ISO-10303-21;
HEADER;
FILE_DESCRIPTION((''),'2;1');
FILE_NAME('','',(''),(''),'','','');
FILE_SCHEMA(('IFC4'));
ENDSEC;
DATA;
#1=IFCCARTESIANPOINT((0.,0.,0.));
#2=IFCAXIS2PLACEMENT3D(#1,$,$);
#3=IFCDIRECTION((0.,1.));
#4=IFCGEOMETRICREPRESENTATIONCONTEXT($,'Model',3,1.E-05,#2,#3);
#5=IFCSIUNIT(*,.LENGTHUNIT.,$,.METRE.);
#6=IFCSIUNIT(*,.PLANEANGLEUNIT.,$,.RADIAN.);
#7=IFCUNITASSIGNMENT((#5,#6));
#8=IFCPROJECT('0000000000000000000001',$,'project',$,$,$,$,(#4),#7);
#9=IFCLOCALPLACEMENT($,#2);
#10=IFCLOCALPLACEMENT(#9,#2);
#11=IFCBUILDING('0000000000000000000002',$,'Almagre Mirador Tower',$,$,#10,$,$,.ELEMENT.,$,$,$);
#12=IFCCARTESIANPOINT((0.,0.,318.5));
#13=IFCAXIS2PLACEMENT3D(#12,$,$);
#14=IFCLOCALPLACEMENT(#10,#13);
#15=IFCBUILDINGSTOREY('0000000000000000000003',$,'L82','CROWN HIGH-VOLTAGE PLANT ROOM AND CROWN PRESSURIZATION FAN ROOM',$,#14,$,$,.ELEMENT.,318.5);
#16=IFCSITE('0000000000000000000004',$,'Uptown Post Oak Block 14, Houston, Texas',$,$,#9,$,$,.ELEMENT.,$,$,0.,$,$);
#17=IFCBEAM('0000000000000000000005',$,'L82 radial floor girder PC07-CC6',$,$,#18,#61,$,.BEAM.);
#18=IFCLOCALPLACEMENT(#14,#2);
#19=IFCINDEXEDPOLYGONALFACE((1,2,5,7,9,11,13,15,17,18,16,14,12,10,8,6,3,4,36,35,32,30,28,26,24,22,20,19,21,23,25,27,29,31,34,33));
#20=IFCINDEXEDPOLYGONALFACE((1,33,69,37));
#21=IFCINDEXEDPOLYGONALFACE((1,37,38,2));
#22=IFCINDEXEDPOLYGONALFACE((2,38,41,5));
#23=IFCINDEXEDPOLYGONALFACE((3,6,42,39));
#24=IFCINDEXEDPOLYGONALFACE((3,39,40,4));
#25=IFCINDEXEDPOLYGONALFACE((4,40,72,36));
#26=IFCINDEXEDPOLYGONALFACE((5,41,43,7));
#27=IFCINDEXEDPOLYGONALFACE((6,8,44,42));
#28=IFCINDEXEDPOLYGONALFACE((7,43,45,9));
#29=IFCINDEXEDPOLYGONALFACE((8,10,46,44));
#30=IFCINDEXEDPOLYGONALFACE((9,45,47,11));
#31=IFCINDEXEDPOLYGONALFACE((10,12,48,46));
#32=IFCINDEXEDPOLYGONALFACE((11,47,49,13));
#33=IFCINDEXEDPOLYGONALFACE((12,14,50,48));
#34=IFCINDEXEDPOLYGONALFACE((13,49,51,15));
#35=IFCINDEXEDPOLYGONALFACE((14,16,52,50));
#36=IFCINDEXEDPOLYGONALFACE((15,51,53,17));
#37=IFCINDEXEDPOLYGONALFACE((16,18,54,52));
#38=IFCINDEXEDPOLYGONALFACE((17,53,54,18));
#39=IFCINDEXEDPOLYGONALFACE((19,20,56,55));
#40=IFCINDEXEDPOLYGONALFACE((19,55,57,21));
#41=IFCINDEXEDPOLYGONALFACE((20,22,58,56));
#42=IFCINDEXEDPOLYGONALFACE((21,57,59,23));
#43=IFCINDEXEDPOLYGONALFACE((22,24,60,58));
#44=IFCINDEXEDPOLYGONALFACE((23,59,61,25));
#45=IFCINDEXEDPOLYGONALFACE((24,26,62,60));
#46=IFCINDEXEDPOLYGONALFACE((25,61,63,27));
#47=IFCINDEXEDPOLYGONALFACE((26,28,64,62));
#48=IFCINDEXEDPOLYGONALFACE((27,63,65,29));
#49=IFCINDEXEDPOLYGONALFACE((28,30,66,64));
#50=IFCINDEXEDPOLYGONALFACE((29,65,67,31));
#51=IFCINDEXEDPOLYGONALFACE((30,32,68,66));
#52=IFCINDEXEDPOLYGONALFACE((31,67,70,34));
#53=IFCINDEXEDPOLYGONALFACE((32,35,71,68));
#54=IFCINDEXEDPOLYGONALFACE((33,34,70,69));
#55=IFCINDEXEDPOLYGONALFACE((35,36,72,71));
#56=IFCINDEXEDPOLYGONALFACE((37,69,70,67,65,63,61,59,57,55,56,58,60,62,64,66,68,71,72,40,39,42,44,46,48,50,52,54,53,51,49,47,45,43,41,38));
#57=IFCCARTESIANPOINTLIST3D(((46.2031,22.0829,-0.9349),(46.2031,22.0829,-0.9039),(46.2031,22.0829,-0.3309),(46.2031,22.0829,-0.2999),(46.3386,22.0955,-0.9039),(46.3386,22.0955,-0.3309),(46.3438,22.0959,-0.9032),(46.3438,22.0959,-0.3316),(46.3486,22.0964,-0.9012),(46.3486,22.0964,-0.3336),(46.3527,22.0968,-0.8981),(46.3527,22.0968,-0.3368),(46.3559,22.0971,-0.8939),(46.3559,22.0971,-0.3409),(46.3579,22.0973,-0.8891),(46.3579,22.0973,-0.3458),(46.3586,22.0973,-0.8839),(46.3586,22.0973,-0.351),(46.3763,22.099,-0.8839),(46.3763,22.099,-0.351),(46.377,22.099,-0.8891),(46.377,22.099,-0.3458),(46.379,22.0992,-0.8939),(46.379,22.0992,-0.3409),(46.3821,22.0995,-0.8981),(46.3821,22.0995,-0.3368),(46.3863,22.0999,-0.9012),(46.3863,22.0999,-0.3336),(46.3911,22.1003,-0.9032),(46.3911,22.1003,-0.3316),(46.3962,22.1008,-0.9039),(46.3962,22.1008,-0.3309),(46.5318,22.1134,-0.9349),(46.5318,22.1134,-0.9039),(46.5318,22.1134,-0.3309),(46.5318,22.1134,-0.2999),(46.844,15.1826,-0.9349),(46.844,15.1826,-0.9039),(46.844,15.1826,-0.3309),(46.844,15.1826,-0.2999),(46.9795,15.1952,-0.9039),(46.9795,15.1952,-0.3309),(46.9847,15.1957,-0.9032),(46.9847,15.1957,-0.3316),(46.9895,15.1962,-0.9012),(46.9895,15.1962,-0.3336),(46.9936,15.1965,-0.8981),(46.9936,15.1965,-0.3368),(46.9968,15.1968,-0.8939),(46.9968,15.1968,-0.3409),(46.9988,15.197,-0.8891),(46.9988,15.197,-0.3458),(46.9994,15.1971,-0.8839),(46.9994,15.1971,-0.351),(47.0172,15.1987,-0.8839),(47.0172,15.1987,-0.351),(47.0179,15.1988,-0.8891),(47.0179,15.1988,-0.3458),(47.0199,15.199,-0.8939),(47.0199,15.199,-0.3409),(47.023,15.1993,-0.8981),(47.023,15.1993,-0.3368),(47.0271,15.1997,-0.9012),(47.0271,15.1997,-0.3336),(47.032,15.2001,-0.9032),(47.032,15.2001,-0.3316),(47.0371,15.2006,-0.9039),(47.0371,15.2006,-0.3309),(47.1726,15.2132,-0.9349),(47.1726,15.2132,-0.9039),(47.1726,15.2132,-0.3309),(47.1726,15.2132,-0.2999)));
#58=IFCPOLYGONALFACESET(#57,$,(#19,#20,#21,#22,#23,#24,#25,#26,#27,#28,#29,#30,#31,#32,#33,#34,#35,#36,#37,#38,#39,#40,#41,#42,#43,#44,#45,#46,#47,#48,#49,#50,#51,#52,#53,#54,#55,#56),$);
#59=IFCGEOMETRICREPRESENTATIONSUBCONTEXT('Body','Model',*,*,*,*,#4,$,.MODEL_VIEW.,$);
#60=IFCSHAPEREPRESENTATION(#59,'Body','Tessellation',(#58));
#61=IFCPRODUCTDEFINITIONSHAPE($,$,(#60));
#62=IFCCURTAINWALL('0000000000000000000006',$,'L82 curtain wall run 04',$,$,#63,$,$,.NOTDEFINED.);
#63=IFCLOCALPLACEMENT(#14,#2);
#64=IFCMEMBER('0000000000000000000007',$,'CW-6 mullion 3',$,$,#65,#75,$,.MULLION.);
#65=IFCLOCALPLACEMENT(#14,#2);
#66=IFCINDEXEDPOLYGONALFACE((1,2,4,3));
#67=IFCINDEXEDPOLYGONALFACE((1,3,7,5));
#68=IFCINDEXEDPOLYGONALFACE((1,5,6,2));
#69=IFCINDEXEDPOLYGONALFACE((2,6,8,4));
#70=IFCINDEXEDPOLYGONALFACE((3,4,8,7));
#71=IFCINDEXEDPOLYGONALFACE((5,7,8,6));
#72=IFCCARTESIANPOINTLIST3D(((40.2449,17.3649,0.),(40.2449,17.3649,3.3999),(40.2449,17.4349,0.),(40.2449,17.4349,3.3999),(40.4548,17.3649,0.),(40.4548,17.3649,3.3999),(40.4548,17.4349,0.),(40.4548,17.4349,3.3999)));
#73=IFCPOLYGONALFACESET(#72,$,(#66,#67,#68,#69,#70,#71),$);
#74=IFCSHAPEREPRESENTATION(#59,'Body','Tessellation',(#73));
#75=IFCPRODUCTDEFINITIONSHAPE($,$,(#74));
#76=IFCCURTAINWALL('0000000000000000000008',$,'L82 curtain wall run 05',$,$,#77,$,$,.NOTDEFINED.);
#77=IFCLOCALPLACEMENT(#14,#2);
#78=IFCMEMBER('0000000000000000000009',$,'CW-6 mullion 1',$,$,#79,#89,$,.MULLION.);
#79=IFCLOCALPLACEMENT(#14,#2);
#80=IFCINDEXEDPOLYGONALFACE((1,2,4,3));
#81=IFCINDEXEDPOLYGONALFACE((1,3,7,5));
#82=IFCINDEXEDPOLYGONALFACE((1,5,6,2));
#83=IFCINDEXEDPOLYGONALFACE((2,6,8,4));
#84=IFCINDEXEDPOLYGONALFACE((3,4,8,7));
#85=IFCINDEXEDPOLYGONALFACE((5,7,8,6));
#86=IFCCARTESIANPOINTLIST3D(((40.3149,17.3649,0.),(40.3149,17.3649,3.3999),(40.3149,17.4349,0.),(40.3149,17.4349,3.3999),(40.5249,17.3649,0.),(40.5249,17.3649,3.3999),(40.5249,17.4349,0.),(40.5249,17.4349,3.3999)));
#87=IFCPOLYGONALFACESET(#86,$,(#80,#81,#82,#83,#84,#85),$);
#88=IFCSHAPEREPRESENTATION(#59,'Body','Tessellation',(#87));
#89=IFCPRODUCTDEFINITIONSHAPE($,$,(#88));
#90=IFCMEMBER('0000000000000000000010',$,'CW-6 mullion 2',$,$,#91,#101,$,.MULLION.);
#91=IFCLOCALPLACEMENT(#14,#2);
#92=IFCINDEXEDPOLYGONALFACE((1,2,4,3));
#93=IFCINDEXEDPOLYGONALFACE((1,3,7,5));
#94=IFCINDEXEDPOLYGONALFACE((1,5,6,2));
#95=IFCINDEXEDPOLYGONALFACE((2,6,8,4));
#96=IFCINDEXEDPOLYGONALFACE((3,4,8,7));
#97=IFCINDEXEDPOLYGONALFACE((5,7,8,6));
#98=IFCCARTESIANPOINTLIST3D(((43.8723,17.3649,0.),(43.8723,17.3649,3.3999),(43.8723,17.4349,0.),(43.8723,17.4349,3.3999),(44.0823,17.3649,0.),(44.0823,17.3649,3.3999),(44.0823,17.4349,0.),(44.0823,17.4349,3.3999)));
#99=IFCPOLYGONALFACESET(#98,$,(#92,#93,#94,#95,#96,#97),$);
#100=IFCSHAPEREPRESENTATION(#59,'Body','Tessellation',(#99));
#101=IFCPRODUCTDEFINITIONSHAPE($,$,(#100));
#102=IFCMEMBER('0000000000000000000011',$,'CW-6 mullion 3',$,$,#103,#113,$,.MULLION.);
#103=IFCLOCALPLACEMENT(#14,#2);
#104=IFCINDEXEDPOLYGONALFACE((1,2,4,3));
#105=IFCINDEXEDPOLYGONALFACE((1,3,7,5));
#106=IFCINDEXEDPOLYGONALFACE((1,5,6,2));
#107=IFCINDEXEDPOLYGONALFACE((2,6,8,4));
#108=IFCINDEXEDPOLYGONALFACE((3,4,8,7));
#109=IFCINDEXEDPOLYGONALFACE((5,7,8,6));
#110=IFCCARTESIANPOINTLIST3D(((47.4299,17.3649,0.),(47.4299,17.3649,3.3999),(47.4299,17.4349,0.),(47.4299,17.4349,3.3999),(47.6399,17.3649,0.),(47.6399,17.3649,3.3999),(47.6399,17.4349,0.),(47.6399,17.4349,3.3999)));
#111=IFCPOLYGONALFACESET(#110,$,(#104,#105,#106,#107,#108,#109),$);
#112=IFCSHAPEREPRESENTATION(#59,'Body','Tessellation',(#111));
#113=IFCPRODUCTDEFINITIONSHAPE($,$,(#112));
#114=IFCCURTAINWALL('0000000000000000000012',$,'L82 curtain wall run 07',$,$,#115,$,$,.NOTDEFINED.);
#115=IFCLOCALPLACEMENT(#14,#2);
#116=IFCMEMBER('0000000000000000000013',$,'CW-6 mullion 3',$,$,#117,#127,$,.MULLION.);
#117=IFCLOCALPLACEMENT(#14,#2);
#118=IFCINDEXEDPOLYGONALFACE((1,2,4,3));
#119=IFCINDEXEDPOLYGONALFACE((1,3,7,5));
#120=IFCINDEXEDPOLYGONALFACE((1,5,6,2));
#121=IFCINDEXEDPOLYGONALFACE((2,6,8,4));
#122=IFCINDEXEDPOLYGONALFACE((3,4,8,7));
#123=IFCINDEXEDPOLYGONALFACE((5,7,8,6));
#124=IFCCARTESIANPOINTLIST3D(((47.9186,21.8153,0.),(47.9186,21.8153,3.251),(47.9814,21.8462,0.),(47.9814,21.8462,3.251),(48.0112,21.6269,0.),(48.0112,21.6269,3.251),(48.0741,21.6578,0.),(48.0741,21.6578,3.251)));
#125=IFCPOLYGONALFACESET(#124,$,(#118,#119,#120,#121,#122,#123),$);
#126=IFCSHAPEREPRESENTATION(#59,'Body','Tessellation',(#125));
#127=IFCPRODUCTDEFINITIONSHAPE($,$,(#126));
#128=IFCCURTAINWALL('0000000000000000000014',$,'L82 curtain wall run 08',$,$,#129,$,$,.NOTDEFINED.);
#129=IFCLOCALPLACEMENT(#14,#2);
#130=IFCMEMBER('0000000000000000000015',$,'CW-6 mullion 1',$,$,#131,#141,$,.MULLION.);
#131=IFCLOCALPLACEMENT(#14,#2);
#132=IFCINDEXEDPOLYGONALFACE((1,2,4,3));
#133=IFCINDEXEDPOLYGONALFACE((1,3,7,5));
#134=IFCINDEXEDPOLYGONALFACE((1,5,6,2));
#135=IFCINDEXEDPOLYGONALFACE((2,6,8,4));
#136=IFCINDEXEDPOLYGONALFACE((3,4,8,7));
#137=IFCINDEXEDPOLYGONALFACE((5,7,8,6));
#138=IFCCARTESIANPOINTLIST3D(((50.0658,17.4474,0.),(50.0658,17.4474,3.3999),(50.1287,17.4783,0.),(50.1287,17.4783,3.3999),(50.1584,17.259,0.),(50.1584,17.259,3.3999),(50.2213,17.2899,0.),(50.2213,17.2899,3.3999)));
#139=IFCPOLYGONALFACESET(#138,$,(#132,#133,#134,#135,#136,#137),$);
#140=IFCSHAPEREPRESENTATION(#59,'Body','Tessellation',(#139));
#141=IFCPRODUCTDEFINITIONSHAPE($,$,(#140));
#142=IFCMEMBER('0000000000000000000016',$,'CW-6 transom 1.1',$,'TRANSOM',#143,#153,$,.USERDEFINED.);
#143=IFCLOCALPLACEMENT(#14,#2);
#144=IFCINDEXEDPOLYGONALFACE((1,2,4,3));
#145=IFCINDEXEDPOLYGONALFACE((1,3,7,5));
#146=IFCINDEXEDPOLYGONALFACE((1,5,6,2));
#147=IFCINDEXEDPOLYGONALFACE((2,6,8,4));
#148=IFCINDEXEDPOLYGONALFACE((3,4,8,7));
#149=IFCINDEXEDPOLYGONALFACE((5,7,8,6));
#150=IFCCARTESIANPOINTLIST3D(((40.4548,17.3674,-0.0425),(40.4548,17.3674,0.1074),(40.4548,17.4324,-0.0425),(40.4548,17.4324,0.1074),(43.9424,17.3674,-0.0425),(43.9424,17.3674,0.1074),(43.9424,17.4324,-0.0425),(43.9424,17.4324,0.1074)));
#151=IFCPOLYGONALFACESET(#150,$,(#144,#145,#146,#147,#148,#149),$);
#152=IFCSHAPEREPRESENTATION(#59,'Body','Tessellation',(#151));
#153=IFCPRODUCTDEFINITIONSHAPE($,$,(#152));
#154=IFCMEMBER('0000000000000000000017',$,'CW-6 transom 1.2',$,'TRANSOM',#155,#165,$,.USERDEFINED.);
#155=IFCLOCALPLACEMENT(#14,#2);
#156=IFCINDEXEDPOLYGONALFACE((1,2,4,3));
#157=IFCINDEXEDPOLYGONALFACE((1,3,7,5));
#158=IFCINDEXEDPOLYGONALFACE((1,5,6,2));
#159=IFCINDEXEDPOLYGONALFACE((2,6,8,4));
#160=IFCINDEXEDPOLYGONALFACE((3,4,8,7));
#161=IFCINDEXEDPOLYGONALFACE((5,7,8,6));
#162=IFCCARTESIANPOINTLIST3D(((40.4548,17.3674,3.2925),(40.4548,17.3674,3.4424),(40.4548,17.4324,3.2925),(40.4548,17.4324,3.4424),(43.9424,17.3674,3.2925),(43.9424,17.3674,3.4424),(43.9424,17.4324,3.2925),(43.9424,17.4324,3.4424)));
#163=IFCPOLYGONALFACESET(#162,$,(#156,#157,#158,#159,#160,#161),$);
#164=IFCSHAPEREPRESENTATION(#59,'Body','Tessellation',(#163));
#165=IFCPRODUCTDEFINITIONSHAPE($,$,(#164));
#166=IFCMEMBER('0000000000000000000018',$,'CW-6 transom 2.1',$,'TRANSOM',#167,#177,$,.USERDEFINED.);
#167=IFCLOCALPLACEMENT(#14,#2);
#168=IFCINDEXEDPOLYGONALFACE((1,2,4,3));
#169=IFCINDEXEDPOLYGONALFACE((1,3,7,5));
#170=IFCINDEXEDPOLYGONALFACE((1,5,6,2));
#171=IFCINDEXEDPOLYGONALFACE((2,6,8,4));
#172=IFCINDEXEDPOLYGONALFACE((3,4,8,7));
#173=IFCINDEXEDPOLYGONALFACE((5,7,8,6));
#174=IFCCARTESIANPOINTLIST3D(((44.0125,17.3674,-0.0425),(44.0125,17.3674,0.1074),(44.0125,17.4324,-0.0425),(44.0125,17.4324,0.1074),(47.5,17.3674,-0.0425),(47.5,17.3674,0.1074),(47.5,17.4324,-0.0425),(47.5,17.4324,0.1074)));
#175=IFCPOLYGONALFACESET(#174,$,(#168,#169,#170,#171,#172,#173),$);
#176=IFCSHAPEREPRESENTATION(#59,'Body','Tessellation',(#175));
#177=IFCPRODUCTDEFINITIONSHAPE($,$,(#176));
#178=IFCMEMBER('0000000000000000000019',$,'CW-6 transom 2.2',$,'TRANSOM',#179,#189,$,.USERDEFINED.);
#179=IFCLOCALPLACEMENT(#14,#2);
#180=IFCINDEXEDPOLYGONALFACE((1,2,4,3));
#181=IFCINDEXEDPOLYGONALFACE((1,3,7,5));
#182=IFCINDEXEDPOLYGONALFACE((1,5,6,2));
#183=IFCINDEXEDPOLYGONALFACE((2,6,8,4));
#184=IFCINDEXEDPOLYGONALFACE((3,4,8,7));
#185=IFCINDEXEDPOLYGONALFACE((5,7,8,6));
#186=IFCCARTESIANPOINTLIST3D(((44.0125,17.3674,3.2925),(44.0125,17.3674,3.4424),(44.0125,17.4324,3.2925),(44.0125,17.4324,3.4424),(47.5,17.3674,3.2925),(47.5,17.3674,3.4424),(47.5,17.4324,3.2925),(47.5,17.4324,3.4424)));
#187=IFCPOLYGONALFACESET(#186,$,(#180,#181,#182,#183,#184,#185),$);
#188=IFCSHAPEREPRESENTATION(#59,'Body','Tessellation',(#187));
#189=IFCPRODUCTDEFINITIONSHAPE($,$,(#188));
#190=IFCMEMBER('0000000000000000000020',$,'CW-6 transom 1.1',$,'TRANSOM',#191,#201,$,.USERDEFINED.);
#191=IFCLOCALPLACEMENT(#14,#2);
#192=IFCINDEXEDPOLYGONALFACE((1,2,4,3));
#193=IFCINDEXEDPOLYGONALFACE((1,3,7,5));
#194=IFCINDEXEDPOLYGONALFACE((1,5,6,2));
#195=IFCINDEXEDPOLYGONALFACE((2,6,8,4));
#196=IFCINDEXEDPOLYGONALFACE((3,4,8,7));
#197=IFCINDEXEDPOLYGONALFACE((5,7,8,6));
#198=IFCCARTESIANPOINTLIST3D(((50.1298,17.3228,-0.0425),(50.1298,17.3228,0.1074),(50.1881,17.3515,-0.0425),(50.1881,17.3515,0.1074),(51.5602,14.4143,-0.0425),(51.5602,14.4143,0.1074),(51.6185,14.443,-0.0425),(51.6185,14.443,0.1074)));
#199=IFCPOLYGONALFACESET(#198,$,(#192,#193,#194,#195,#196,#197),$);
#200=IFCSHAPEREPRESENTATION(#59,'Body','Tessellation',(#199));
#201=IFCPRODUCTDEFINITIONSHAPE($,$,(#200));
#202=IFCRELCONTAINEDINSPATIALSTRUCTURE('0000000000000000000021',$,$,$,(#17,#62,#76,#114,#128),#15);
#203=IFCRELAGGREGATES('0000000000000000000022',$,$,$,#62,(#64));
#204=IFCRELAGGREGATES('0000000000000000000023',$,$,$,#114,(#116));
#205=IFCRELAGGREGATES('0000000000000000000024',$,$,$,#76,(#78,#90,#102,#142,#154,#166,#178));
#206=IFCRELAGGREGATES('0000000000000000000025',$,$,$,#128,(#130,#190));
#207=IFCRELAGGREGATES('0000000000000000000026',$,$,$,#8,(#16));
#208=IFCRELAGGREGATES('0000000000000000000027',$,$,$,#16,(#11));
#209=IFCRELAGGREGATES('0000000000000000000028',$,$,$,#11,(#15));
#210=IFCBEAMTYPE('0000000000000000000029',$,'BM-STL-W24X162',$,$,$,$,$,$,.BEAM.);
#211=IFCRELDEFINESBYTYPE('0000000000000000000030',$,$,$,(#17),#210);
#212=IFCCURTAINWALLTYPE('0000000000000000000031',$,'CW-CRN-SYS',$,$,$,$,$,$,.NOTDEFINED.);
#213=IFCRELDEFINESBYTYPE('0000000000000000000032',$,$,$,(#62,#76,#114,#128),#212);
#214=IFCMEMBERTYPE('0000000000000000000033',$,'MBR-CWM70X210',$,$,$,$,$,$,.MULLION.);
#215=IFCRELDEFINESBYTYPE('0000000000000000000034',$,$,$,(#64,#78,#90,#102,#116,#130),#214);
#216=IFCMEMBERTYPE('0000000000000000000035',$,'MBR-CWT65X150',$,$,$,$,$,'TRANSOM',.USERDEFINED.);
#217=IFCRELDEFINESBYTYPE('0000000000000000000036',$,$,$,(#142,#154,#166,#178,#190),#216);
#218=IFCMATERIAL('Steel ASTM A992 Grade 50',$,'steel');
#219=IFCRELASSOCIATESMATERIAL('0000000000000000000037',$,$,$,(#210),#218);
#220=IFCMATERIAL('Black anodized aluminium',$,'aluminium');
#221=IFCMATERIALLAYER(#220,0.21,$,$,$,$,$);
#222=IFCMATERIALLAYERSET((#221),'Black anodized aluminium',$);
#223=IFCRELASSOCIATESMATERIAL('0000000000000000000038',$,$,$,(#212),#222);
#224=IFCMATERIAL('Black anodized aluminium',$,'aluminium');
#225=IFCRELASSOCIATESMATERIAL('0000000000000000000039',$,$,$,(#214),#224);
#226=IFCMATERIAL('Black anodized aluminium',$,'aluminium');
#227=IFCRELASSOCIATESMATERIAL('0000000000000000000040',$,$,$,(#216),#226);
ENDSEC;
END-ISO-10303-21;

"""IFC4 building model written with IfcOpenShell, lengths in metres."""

from ifc_helpers import new_model, si_unit, direction, frame, origin, origin_2d, place, context, subcontext, project, spatial, rectangle, i_section, extrude, material, layer, layer_set, material_profile, profile_set, type_object, element, aggregate, save


model = new_model("IFC4")

# Units and contexts
model_context = context("Model", 3, precision=1e-05, world=origin(), true_north=direction((0.0, 1.0)))
body_context = subcontext(model_context, "Body", "Model", "MODEL_VIEW")
ifc_project = project(units=[si_unit("LENGTHUNIT", "METRE"), si_unit("PLANEANGLEUNIT", "RADIAN")], contexts=[model_context])

# Site, building, storey
site_placement = place(None, origin())
site = spatial("IfcSite", under=ifc_project, at=site_placement, Name="Uptown Post Oak Block 14, Houston, Texas", CompositionType="ELEMENT", RefElevation=0.0)
building_placement = place(site_placement, origin())
building = spatial("IfcBuilding", under=site, at=building_placement, Name="Almagre Mirador Tower", CompositionType="ELEMENT")
storey_placement = place(building_placement, frame((0.0, 0.0, 318.5)))
storey = spatial("IfcBuildingStorey", under=building, at=storey_placement, Name="L82", Description="CROWN HIGH-VOLTAGE PLANT ROOM AND CROWN PRESSURIZATION FAN ROOM", CompositionType="ELEMENT", Elevation=318.5)

# Beam
ifc_material_1 = material(Name="Steel ASTM A992 Grade 50", Category="steel")
ifc_material_profile_1 = material_profile(ifc_material_1, i_section(OverallWidth=0.3301, OverallDepth=0.635, WebThickness=0.0178, FlangeThickness=0.031, FilletRadius=0.02, at=origin_2d()), Name="W24X162")
ifc_profile_set_1 = profile_set([ifc_material_profile_1], Name="Steel ASTM A992 Grade 50")
beam_type_1 = type_object("IfcBeamType", Name="BM-STL-W24X162", PredefinedType="BEAM", material=ifc_profile_set_1)
beam_1_placement = place(storey_placement, frame((46.3674, 22.0981, -0.6174), z_axis=(0.09248, -0.995715, 0.0), x_axis=(0.995715, 0.09248, 0.0)))
element("IfcBeam", 1, at=beam_1_placement, inside=storey, type_object=beam_type_1, Name="L82 radial floor girder PC07-CC6", PredefinedType="BEAM", context=body_context, shape_type="SweptSolid", body=[
    extrude(i_section(OverallWidth=0.3301, OverallDepth=0.635, WebThickness=0.0178, FlangeThickness=0.031, FilletRadius=0.02, at=origin_2d()), origin(), (0.0, 0.0, 1.0), 6.9299),
])

# Curtain wall, member
ifc_material_2 = material(Name="Black anodized aluminium", Category="aluminium")
ifc_layer_1 = layer(ifc_material_2, 0.21)
ifc_layer_set_1 = layer_set([ifc_layer_1], Name="Black anodized aluminium")
curtain_wall_type = type_object("IfcCurtainWallType", Name="CW-CRN-SYS", PredefinedType="NOTDEFINED", material=ifc_layer_set_1)
curtain_wall_1_placement = place(storey_placement, origin())
curtain_wall_1 = element("IfcCurtainWall", 2, at=curtain_wall_1_placement, inside=storey, type_object=curtain_wall_type, Name="L82 curtain wall run 04", PredefinedType="NOTDEFINED")
ifc_material_3 = material(Name="Black anodized aluminium", Category="aluminium")
ifc_material_profile_2 = material_profile(ifc_material_3, rectangle(XDim=0.0701, YDim=0.21, at=origin_2d()), Name="CWM70X210")
ifc_profile_set_2 = profile_set([ifc_material_profile_2], Name="Black anodized aluminium")
member_type_1 = type_object("IfcMemberType", Name="MBR-CWM70X210", PredefinedType="MULLION", material=ifc_profile_set_2)
member_1_placement = place(storey_placement, frame((40.3499, 17.3999, 0.0), z_axis=(0.0, 0.0, 1.0), x_axis=(0.0, 1.0, 0.0)))
member_1 = element("IfcMember", 3, at=member_1_placement, type_object=member_type_1, Name="CW-6 mullion 3", PredefinedType="MULLION", context=body_context, shape_type="SweptSolid", body=[
    extrude(rectangle(XDim=0.0701, YDim=0.21, at=origin_2d()), origin(), (0.0, 0.0, 1.0), 3.3999),
])
aggregate(curtain_wall_1, [member_1])

# Curtain wall, members
curtain_wall_2_placement = place(storey_placement, origin())
curtain_wall_2 = element("IfcCurtainWall", 4, at=curtain_wall_2_placement, inside=storey, type_object=curtain_wall_type, Name="L82 curtain wall run 05", PredefinedType="NOTDEFINED")
member_2_placement = place(storey_placement, frame((40.4199, 17.3999, 0.0), z_axis=(0.0, 0.0, 1.0), x_axis=(0.0, 1.0, 0.0)))
member_2 = element("IfcMember", 5, at=member_2_placement, type_object=member_type_1, Name="CW-6 mullion 1", PredefinedType="MULLION", context=body_context, shape_type="SweptSolid", body=[
    extrude(rectangle(XDim=0.0701, YDim=0.21, at=origin_2d()), origin(), (0.0, 0.0, 1.0), 3.3999),
])
member_3_placement = place(storey_placement, frame((43.9773, 17.3999, 0.0), z_axis=(0.0, 0.0, 1.0), x_axis=(0.0, 1.0, 0.0)))
member_3 = element("IfcMember", 6, at=member_3_placement, type_object=member_type_1, Name="CW-6 mullion 2", PredefinedType="MULLION", context=body_context, shape_type="SweptSolid", body=[
    extrude(rectangle(XDim=0.0701, YDim=0.21, at=origin_2d()), origin(), (0.0, 0.0, 1.0), 3.3999),
])
member_4_placement = place(storey_placement, frame((47.5349, 17.3999, 0.0), z_axis=(0.0, 0.0, 1.0), x_axis=(0.0, 1.0, 0.0)))
member_4 = element("IfcMember", 7, at=member_4_placement, type_object=member_type_1, Name="CW-6 mullion 3", PredefinedType="MULLION", context=body_context, shape_type="SweptSolid", body=[
    extrude(rectangle(XDim=0.0701, YDim=0.21, at=origin_2d()), origin(), (0.0, 0.0, 1.0), 3.3999),
])

# Curtain walls, members
curtain_wall_3_placement = place(storey_placement, origin())
curtain_wall_3 = element("IfcCurtainWall", 8, at=curtain_wall_3_placement, inside=storey, type_object=curtain_wall_type, Name="L82 curtain wall run 07", PredefinedType="NOTDEFINED")
member_5_placement = place(storey_placement, frame((47.9963, 21.7366, 0.0), z_axis=(0.0, 0.0, 1.0), x_axis=(0.897356, 0.441308, 0.0)))
member_5 = element("IfcMember", 9, at=member_5_placement, type_object=member_type_1, Name="CW-6 mullion 3", PredefinedType="MULLION", context=body_context, shape_type="SweptSolid", body=[
    extrude(rectangle(XDim=0.0701, YDim=0.21, at=origin_2d()), origin(), (0.0, 0.0, 1.0), 3.251),
])
aggregate(curtain_wall_3, [member_5])
curtain_wall_4_placement = place(storey_placement, origin())
curtain_wall_4 = element("IfcCurtainWall", 10, at=curtain_wall_4_placement, inside=storey, type_object=curtain_wall_type, Name="L82 curtain wall run 08", PredefinedType="NOTDEFINED")
member_6_placement = place(storey_placement, frame((50.1436, 17.3687, 0.0), z_axis=(0.0, 0.0, 1.0), x_axis=(0.897354, 0.441311, 0.0)))
member_6 = element("IfcMember", 11, at=member_6_placement, type_object=member_type_1, Name="CW-6 mullion 1", PredefinedType="MULLION", context=body_context, shape_type="SweptSolid", body=[
    extrude(rectangle(XDim=0.0701, YDim=0.21, at=origin_2d()), origin(), (0.0, 0.0, 1.0), 3.3999),
])

# Members
ifc_material_4 = material(Name="Black anodized aluminium", Category="aluminium")
ifc_material_profile_3 = material_profile(ifc_material_4, rectangle(XDim=0.0649, YDim=0.1499, at=origin_2d()), Name="CWT65X150")
ifc_profile_set_3 = profile_set([ifc_material_profile_3], Name="Black anodized aluminium")
member_type_2 = type_object("IfcMemberType", Name="MBR-CWT65X150", ElementType="TRANSOM", PredefinedType="USERDEFINED", material=ifc_profile_set_3)
member_7_placement = place(storey_placement, frame((40.4548, 17.3999, 0.0325), z_axis=(1.0, 0.0, 0.0), x_axis=(0.0, 1.0, 0.0)))
member_7 = element("IfcMember", 12, at=member_7_placement, type_object=member_type_2, Name="CW-6 transom 1.1", ObjectType="TRANSOM", PredefinedType="USERDEFINED", context=body_context, shape_type="SweptSolid", body=[
    extrude(rectangle(XDim=0.0649, YDim=0.1499, at=origin_2d()), origin(), (0.0, 0.0, 1.0), 3.4875),
])
member_8_placement = place(storey_placement, frame((40.4548, 17.3999, 3.3674), z_axis=(1.0, 0.0, 0.0), x_axis=(0.0, 1.0, 0.0)))
member_8 = element("IfcMember", 13, at=member_8_placement, type_object=member_type_2, Name="CW-6 transom 1.2", ObjectType="TRANSOM", PredefinedType="USERDEFINED", context=body_context, shape_type="SweptSolid", body=[
    extrude(rectangle(XDim=0.0649, YDim=0.1499, at=origin_2d()), origin(), (0.0, 0.0, 1.0), 3.4875),
])
member_9_placement = place(storey_placement, frame((44.0125, 17.3999, 0.0325), z_axis=(1.0, 0.0, 0.0), x_axis=(0.0, 1.0, 0.0)))
member_9 = element("IfcMember", 14, at=member_9_placement, type_object=member_type_2, Name="CW-6 transom 2.1", ObjectType="TRANSOM", PredefinedType="USERDEFINED", context=body_context, shape_type="SweptSolid", body=[
    extrude(rectangle(XDim=0.0649, YDim=0.1499, at=origin_2d()), origin(), (0.0, 0.0, 1.0), 3.4875),
])
member_10_placement = place(storey_placement, frame((44.0125, 17.3999, 3.3674), z_axis=(1.0, 0.0, 0.0), x_axis=(0.0, 1.0, 0.0)))
member_10 = element("IfcMember", 15, at=member_10_placement, type_object=member_type_2, Name="CW-6 transom 2.2", ObjectType="TRANSOM", PredefinedType="USERDEFINED", context=body_context, shape_type="SweptSolid", body=[
    extrude(rectangle(XDim=0.0649, YDim=0.1499, at=origin_2d()), origin(), (0.0, 0.0, 1.0), 3.4875),
])
member_11_placement = place(storey_placement, frame((50.1589, 17.3372, 0.0325), z_axis=(0.441329, -0.897346, 0.0), x_axis=(0.897346, 0.441329, 0.0)))
member_11 = element("IfcMember", 16, at=member_11_placement, type_object=member_type_2, Name="CW-6 transom 1.1", ObjectType="TRANSOM", PredefinedType="USERDEFINED", context=body_context, shape_type="SweptSolid", body=[
    extrude(rectangle(XDim=0.0649, YDim=0.1499, at=origin_2d()), origin(), (0.0, 0.0, 1.0), 3.2412),
])

aggregate(curtain_wall_2, [member_2, member_3, member_4, member_7, member_8, member_9, member_10])
aggregate(curtain_wall_4, [member_6, member_11])

save(model, "model.ifc")
